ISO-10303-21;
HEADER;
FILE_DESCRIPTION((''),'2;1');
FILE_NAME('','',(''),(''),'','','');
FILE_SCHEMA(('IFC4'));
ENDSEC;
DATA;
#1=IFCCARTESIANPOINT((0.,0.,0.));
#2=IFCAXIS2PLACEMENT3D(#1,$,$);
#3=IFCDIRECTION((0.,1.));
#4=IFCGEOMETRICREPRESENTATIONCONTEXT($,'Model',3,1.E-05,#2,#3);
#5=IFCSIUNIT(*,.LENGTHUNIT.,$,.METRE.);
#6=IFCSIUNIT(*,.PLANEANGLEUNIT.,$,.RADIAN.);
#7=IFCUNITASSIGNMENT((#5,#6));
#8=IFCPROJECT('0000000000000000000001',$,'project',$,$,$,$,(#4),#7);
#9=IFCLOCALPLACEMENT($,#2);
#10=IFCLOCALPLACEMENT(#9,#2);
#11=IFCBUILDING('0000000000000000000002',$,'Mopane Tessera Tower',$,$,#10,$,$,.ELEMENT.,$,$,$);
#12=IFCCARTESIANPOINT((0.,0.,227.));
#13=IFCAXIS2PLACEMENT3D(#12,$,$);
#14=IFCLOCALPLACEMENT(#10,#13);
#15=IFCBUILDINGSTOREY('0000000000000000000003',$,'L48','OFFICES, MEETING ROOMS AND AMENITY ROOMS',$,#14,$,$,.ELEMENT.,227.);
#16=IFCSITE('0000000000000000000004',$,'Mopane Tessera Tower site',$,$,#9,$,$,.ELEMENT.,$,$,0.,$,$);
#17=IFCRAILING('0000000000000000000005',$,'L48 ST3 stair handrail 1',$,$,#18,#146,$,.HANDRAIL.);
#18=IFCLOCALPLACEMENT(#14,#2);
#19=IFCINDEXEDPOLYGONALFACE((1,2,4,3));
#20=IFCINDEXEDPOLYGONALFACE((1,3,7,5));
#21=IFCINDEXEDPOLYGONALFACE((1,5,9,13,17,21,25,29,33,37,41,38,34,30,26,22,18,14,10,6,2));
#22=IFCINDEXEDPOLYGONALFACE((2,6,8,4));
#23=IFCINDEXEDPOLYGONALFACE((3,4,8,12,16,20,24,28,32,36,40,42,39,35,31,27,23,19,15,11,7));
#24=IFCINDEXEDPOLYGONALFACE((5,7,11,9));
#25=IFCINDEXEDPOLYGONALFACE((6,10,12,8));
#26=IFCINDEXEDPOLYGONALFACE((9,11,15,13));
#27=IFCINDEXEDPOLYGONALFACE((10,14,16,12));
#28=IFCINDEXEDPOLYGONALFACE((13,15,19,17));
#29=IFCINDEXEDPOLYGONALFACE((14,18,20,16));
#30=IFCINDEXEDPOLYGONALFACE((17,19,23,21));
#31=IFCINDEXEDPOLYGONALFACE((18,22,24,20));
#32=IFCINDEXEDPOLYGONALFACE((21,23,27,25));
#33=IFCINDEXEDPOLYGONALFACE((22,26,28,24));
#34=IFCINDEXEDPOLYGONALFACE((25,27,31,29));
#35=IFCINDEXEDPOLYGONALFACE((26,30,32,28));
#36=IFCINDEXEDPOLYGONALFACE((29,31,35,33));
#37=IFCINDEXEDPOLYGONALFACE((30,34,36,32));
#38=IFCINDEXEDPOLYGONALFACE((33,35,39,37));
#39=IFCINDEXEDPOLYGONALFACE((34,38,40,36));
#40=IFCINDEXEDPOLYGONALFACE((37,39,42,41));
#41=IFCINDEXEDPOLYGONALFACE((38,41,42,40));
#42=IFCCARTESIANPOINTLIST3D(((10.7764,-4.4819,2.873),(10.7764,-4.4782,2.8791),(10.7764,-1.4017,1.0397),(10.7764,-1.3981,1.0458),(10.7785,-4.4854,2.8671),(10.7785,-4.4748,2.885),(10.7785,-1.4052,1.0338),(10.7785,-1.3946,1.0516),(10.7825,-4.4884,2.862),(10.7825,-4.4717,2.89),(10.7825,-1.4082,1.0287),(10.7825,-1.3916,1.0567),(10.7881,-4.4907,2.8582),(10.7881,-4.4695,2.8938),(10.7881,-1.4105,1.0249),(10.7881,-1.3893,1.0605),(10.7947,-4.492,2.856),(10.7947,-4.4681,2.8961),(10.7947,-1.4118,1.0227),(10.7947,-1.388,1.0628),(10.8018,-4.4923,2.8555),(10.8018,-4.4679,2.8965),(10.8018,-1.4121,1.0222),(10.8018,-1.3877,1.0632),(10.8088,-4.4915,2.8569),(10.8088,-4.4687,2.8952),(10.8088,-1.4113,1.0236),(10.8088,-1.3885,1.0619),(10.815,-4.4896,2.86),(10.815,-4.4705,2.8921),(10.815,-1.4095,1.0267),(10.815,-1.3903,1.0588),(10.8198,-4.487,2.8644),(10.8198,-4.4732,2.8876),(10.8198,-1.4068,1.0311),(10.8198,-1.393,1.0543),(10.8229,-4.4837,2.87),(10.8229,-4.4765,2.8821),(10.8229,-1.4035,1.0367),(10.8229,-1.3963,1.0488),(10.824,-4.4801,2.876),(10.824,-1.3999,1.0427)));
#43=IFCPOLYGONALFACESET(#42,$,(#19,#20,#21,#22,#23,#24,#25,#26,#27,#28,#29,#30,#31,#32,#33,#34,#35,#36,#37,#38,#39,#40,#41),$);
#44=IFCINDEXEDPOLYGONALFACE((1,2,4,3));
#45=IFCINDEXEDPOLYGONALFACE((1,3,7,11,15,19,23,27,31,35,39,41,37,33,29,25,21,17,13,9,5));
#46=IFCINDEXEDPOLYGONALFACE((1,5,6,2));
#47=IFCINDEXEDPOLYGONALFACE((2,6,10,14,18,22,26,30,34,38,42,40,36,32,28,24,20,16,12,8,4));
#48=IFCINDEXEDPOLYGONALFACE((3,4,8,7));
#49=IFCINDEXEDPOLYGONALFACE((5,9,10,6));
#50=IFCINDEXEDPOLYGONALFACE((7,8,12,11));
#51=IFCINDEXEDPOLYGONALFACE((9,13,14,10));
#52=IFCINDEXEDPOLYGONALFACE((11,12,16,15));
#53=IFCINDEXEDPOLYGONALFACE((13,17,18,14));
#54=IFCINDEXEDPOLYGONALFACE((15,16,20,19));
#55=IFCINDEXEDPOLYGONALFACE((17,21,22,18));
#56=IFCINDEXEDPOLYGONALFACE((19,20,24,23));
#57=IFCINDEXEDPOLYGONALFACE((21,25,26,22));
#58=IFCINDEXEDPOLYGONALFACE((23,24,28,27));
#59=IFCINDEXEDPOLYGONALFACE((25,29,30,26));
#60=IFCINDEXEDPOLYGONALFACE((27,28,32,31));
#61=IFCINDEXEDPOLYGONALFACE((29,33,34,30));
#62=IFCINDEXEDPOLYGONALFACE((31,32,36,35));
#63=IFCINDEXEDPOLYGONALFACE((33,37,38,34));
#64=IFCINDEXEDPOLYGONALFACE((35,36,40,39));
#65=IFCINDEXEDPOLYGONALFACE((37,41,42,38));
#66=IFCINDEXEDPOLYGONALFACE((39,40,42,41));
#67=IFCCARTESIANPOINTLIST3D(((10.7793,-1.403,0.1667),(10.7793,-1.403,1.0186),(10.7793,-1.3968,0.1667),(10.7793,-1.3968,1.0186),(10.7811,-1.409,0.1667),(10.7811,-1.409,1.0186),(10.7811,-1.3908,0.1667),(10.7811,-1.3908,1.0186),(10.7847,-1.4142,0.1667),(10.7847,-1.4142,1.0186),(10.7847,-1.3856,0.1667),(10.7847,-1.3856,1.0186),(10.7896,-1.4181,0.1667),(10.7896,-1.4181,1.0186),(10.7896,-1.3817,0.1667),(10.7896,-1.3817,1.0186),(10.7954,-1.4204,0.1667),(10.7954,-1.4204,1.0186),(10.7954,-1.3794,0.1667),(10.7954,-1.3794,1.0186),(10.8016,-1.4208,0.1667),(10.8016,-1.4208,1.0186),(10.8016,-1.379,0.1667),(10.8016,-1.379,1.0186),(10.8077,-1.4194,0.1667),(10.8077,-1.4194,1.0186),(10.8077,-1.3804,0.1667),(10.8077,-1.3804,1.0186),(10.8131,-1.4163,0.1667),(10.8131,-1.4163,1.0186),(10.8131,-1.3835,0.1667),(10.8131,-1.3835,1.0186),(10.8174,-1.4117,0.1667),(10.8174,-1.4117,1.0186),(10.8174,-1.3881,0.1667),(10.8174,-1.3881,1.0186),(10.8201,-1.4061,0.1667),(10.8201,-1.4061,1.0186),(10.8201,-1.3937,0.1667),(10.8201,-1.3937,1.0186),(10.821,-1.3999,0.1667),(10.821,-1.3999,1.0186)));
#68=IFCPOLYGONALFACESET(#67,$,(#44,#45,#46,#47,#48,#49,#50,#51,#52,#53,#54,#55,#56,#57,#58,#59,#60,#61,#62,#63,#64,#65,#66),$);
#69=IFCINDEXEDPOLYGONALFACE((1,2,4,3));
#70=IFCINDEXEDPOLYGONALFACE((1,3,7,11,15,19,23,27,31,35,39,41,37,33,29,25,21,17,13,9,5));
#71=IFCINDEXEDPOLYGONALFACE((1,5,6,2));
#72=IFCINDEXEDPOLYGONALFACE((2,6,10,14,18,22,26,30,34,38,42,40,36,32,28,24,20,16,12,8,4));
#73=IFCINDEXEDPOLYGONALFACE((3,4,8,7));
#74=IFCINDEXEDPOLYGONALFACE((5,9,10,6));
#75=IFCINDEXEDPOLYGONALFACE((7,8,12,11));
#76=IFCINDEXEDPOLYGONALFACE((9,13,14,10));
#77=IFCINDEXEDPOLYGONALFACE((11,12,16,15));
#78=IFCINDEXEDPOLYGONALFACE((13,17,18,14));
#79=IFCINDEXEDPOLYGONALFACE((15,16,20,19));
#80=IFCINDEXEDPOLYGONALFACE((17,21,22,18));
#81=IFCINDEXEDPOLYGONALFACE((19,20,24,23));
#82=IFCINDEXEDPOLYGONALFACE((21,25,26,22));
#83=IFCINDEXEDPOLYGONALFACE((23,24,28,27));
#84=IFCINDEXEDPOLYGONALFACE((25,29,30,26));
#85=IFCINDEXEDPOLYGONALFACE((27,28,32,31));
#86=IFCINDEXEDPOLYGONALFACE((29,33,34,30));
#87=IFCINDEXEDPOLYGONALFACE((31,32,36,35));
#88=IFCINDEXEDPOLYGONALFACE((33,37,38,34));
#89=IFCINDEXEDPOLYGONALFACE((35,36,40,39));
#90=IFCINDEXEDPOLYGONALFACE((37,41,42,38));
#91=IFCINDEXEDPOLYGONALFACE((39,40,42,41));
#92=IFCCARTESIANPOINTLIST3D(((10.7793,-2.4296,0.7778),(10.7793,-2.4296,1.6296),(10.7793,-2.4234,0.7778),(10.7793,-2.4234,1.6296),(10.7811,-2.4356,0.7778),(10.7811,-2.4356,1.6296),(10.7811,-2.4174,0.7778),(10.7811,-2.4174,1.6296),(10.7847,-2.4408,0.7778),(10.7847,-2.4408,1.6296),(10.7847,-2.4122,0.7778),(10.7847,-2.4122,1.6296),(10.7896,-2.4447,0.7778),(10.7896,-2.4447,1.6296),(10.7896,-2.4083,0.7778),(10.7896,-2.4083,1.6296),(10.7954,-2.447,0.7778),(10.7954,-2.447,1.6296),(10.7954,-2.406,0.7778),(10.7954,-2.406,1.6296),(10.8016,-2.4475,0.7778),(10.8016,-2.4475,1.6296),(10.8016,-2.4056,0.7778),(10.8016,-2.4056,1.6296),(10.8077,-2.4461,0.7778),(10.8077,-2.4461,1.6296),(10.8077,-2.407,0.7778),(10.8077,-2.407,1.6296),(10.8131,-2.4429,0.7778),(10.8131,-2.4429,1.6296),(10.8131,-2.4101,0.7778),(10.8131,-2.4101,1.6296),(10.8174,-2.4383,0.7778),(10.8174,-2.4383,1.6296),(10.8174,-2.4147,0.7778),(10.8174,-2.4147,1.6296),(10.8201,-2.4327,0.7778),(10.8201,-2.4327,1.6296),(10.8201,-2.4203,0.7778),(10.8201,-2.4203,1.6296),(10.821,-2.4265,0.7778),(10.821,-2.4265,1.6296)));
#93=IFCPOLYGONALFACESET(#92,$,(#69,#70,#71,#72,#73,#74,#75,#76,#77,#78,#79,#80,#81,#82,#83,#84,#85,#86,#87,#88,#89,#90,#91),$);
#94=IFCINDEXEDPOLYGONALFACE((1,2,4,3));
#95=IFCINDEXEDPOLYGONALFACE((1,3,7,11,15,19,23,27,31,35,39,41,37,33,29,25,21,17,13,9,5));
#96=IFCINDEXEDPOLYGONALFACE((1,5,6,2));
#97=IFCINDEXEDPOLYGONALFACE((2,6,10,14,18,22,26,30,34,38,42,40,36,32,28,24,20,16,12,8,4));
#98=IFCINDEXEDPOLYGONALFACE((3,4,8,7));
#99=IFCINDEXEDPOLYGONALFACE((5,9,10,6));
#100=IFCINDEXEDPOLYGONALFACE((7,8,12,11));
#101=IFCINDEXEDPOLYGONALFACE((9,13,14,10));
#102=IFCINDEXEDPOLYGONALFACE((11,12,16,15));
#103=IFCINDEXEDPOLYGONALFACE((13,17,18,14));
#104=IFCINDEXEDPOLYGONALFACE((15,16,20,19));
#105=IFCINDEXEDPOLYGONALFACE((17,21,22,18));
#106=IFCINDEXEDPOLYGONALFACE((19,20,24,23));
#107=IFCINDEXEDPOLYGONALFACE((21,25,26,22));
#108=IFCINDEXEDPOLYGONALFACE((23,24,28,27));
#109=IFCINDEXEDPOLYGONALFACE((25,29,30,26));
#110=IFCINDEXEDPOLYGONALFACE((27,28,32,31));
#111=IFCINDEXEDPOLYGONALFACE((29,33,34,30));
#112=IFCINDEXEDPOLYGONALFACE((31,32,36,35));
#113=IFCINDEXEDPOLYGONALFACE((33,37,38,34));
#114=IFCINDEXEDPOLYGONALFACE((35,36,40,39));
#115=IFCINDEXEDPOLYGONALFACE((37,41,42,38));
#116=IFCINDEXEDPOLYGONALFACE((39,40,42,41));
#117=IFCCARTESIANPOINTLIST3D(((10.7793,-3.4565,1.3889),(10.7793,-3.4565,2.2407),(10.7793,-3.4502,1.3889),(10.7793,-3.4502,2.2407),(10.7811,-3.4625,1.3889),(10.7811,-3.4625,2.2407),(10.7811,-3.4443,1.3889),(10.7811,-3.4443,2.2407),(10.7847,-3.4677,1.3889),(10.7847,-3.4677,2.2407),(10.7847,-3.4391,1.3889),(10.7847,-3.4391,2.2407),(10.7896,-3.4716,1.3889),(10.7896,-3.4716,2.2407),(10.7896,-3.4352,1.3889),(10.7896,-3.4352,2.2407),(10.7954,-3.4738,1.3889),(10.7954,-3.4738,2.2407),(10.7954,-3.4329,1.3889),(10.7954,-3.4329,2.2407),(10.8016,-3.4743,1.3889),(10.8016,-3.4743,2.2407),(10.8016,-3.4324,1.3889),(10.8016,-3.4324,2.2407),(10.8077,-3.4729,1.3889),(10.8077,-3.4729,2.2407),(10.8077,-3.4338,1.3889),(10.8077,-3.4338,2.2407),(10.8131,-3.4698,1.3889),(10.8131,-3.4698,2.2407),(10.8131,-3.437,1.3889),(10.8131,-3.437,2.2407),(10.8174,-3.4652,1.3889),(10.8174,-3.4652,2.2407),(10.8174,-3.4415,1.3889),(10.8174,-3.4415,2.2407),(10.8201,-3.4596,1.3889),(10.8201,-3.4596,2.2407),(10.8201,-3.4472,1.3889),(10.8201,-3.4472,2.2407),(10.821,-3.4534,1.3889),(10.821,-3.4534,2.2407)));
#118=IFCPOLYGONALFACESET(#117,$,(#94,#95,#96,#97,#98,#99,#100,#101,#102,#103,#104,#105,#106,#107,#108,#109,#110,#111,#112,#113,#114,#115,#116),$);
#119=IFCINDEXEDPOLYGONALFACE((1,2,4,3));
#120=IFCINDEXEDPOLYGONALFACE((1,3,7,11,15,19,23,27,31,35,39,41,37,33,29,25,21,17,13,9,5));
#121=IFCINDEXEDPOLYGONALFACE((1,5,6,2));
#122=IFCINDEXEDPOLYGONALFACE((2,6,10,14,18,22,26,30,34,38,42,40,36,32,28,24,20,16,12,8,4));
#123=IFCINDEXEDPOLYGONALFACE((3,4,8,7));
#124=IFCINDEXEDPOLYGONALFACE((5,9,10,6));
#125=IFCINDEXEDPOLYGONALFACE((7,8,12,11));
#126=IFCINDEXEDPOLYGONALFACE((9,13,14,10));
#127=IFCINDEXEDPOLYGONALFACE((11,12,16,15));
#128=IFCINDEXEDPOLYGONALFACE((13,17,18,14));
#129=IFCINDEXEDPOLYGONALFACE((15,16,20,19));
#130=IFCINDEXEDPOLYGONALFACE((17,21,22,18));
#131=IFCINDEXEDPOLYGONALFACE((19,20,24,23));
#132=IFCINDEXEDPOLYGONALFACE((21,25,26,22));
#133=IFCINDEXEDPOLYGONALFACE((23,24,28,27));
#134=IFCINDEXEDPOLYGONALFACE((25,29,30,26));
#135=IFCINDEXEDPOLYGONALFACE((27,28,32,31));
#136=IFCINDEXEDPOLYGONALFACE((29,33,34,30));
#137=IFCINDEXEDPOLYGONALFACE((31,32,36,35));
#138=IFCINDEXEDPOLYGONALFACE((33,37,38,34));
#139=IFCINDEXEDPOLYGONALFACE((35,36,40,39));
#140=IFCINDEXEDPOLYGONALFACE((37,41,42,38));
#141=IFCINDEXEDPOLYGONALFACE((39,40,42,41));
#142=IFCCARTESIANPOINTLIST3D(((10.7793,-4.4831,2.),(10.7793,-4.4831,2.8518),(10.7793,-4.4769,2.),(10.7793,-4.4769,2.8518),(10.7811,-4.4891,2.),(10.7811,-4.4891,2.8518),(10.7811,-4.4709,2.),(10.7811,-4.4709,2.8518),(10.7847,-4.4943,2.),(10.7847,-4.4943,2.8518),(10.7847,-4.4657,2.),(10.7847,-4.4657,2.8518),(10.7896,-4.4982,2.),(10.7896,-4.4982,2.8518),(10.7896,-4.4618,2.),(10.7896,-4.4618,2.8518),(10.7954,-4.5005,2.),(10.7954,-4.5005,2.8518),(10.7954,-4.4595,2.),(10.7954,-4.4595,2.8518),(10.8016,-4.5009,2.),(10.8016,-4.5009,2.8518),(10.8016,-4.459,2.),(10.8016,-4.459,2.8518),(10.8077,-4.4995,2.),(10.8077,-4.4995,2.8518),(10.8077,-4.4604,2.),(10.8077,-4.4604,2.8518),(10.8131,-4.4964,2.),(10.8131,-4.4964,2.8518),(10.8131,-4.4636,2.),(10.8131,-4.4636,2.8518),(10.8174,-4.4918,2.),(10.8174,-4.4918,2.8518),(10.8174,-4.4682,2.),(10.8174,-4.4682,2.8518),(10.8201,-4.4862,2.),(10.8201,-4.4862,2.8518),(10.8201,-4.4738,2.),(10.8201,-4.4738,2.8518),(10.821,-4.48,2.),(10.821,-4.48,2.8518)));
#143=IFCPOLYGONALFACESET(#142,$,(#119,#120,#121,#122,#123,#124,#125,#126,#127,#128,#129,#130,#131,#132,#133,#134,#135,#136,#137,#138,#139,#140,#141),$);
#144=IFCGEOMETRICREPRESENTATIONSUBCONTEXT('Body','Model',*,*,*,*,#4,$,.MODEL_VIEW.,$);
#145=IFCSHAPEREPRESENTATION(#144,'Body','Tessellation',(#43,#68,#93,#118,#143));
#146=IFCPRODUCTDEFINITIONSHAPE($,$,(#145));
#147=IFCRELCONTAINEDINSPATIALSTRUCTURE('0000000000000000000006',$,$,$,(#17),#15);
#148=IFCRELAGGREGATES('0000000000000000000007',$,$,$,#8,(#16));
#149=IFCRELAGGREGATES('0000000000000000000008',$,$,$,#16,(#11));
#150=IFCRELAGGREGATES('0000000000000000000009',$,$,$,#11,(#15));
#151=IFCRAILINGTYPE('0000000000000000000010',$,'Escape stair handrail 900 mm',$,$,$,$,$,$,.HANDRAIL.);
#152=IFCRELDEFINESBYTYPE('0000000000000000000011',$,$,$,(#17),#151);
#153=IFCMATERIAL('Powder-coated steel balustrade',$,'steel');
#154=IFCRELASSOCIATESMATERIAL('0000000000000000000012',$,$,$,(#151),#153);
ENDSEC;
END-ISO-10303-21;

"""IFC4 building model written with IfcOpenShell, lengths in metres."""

from ifc_helpers import new_model, si_unit, direction, frame, origin, origin_2d, place, context, subcontext, project, spatial, circle, extrude, material, type_object, element, save


model = new_model("IFC4")

# Units and contexts
model_context = context("Model", 3, precision=1e-05, world=origin(), true_north=direction((0.0, 1.0)))
body_context = subcontext(model_context, "Body", "Model", "MODEL_VIEW")
ifc_project = project(units=[si_unit("LENGTHUNIT", "METRE"), si_unit("PLANEANGLEUNIT", "RADIAN")], contexts=[model_context])

# Site, building, storey
site_placement = place(None, origin())
site = spatial("IfcSite", under=ifc_project, at=site_placement, Name="Mopane Tessera Tower site", CompositionType="ELEMENT", RefElevation=0.0)
building_placement = place(site_placement, origin())
building = spatial("IfcBuilding", under=site, at=building_placement, Name="Mopane Tessera Tower", CompositionType="ELEMENT")
storey_placement = place(building_placement, frame((0.0, 0.0, 227.0)))
storey = spatial("IfcBuildingStorey", under=building, at=storey_placement, Name="L48", Description="OFFICES, MEETING ROOMS AND AMENITY ROOMS", CompositionType="ELEMENT", Elevation=227.0)

# Railing
ifc_material_1 = material(Name="Powder-coated steel balustrade", Category="steel")
railing_type_1 = type_object("IfcRailingType", Name="Escape stair handrail 900 mm", PredefinedType="HANDRAIL", material=ifc_material_1)
railing_1_placement = place(storey_placement, frame((10.8, -1.3999, 0.1667)))
element("IfcRailing", 1, at=railing_1_placement, inside=storey, type_object=railing_type_1, Name="L48 ST3 stair handrail 1", PredefinedType="HANDRAIL", context=body_context, shape_type="SweptSolid", body=[
    extrude(circle(Radius=0.0239, at=origin_2d()), frame((0.0, 0.0, 0.876), z_axis=(0.0, -0.859309, 0.511458), x_axis=(1.0, 0.0, 0.0)), (0.0, 0.0, 1.0), 3.5845),
    extrude(circle(Radius=0.021, at=origin_2d()), origin(), (0.0, 0.0, 1.0), 0.8518),
    extrude(circle(Radius=0.021, at=origin_2d()), frame((0.0, -1.0266, 0.6111)), (0.0, 0.0, 1.0), 0.8518),
    extrude(circle(Radius=0.021, at=origin_2d()), frame((0.0, -2.0535, 1.2222)), (0.0, 0.0, 1.0), 0.8518),
    extrude(circle(Radius=0.021, at=origin_2d()), frame((0.0, -3.0801, 1.8333)), (0.0, 0.0, 1.0), 0.8518),
])

save(model, "model.ifc")
